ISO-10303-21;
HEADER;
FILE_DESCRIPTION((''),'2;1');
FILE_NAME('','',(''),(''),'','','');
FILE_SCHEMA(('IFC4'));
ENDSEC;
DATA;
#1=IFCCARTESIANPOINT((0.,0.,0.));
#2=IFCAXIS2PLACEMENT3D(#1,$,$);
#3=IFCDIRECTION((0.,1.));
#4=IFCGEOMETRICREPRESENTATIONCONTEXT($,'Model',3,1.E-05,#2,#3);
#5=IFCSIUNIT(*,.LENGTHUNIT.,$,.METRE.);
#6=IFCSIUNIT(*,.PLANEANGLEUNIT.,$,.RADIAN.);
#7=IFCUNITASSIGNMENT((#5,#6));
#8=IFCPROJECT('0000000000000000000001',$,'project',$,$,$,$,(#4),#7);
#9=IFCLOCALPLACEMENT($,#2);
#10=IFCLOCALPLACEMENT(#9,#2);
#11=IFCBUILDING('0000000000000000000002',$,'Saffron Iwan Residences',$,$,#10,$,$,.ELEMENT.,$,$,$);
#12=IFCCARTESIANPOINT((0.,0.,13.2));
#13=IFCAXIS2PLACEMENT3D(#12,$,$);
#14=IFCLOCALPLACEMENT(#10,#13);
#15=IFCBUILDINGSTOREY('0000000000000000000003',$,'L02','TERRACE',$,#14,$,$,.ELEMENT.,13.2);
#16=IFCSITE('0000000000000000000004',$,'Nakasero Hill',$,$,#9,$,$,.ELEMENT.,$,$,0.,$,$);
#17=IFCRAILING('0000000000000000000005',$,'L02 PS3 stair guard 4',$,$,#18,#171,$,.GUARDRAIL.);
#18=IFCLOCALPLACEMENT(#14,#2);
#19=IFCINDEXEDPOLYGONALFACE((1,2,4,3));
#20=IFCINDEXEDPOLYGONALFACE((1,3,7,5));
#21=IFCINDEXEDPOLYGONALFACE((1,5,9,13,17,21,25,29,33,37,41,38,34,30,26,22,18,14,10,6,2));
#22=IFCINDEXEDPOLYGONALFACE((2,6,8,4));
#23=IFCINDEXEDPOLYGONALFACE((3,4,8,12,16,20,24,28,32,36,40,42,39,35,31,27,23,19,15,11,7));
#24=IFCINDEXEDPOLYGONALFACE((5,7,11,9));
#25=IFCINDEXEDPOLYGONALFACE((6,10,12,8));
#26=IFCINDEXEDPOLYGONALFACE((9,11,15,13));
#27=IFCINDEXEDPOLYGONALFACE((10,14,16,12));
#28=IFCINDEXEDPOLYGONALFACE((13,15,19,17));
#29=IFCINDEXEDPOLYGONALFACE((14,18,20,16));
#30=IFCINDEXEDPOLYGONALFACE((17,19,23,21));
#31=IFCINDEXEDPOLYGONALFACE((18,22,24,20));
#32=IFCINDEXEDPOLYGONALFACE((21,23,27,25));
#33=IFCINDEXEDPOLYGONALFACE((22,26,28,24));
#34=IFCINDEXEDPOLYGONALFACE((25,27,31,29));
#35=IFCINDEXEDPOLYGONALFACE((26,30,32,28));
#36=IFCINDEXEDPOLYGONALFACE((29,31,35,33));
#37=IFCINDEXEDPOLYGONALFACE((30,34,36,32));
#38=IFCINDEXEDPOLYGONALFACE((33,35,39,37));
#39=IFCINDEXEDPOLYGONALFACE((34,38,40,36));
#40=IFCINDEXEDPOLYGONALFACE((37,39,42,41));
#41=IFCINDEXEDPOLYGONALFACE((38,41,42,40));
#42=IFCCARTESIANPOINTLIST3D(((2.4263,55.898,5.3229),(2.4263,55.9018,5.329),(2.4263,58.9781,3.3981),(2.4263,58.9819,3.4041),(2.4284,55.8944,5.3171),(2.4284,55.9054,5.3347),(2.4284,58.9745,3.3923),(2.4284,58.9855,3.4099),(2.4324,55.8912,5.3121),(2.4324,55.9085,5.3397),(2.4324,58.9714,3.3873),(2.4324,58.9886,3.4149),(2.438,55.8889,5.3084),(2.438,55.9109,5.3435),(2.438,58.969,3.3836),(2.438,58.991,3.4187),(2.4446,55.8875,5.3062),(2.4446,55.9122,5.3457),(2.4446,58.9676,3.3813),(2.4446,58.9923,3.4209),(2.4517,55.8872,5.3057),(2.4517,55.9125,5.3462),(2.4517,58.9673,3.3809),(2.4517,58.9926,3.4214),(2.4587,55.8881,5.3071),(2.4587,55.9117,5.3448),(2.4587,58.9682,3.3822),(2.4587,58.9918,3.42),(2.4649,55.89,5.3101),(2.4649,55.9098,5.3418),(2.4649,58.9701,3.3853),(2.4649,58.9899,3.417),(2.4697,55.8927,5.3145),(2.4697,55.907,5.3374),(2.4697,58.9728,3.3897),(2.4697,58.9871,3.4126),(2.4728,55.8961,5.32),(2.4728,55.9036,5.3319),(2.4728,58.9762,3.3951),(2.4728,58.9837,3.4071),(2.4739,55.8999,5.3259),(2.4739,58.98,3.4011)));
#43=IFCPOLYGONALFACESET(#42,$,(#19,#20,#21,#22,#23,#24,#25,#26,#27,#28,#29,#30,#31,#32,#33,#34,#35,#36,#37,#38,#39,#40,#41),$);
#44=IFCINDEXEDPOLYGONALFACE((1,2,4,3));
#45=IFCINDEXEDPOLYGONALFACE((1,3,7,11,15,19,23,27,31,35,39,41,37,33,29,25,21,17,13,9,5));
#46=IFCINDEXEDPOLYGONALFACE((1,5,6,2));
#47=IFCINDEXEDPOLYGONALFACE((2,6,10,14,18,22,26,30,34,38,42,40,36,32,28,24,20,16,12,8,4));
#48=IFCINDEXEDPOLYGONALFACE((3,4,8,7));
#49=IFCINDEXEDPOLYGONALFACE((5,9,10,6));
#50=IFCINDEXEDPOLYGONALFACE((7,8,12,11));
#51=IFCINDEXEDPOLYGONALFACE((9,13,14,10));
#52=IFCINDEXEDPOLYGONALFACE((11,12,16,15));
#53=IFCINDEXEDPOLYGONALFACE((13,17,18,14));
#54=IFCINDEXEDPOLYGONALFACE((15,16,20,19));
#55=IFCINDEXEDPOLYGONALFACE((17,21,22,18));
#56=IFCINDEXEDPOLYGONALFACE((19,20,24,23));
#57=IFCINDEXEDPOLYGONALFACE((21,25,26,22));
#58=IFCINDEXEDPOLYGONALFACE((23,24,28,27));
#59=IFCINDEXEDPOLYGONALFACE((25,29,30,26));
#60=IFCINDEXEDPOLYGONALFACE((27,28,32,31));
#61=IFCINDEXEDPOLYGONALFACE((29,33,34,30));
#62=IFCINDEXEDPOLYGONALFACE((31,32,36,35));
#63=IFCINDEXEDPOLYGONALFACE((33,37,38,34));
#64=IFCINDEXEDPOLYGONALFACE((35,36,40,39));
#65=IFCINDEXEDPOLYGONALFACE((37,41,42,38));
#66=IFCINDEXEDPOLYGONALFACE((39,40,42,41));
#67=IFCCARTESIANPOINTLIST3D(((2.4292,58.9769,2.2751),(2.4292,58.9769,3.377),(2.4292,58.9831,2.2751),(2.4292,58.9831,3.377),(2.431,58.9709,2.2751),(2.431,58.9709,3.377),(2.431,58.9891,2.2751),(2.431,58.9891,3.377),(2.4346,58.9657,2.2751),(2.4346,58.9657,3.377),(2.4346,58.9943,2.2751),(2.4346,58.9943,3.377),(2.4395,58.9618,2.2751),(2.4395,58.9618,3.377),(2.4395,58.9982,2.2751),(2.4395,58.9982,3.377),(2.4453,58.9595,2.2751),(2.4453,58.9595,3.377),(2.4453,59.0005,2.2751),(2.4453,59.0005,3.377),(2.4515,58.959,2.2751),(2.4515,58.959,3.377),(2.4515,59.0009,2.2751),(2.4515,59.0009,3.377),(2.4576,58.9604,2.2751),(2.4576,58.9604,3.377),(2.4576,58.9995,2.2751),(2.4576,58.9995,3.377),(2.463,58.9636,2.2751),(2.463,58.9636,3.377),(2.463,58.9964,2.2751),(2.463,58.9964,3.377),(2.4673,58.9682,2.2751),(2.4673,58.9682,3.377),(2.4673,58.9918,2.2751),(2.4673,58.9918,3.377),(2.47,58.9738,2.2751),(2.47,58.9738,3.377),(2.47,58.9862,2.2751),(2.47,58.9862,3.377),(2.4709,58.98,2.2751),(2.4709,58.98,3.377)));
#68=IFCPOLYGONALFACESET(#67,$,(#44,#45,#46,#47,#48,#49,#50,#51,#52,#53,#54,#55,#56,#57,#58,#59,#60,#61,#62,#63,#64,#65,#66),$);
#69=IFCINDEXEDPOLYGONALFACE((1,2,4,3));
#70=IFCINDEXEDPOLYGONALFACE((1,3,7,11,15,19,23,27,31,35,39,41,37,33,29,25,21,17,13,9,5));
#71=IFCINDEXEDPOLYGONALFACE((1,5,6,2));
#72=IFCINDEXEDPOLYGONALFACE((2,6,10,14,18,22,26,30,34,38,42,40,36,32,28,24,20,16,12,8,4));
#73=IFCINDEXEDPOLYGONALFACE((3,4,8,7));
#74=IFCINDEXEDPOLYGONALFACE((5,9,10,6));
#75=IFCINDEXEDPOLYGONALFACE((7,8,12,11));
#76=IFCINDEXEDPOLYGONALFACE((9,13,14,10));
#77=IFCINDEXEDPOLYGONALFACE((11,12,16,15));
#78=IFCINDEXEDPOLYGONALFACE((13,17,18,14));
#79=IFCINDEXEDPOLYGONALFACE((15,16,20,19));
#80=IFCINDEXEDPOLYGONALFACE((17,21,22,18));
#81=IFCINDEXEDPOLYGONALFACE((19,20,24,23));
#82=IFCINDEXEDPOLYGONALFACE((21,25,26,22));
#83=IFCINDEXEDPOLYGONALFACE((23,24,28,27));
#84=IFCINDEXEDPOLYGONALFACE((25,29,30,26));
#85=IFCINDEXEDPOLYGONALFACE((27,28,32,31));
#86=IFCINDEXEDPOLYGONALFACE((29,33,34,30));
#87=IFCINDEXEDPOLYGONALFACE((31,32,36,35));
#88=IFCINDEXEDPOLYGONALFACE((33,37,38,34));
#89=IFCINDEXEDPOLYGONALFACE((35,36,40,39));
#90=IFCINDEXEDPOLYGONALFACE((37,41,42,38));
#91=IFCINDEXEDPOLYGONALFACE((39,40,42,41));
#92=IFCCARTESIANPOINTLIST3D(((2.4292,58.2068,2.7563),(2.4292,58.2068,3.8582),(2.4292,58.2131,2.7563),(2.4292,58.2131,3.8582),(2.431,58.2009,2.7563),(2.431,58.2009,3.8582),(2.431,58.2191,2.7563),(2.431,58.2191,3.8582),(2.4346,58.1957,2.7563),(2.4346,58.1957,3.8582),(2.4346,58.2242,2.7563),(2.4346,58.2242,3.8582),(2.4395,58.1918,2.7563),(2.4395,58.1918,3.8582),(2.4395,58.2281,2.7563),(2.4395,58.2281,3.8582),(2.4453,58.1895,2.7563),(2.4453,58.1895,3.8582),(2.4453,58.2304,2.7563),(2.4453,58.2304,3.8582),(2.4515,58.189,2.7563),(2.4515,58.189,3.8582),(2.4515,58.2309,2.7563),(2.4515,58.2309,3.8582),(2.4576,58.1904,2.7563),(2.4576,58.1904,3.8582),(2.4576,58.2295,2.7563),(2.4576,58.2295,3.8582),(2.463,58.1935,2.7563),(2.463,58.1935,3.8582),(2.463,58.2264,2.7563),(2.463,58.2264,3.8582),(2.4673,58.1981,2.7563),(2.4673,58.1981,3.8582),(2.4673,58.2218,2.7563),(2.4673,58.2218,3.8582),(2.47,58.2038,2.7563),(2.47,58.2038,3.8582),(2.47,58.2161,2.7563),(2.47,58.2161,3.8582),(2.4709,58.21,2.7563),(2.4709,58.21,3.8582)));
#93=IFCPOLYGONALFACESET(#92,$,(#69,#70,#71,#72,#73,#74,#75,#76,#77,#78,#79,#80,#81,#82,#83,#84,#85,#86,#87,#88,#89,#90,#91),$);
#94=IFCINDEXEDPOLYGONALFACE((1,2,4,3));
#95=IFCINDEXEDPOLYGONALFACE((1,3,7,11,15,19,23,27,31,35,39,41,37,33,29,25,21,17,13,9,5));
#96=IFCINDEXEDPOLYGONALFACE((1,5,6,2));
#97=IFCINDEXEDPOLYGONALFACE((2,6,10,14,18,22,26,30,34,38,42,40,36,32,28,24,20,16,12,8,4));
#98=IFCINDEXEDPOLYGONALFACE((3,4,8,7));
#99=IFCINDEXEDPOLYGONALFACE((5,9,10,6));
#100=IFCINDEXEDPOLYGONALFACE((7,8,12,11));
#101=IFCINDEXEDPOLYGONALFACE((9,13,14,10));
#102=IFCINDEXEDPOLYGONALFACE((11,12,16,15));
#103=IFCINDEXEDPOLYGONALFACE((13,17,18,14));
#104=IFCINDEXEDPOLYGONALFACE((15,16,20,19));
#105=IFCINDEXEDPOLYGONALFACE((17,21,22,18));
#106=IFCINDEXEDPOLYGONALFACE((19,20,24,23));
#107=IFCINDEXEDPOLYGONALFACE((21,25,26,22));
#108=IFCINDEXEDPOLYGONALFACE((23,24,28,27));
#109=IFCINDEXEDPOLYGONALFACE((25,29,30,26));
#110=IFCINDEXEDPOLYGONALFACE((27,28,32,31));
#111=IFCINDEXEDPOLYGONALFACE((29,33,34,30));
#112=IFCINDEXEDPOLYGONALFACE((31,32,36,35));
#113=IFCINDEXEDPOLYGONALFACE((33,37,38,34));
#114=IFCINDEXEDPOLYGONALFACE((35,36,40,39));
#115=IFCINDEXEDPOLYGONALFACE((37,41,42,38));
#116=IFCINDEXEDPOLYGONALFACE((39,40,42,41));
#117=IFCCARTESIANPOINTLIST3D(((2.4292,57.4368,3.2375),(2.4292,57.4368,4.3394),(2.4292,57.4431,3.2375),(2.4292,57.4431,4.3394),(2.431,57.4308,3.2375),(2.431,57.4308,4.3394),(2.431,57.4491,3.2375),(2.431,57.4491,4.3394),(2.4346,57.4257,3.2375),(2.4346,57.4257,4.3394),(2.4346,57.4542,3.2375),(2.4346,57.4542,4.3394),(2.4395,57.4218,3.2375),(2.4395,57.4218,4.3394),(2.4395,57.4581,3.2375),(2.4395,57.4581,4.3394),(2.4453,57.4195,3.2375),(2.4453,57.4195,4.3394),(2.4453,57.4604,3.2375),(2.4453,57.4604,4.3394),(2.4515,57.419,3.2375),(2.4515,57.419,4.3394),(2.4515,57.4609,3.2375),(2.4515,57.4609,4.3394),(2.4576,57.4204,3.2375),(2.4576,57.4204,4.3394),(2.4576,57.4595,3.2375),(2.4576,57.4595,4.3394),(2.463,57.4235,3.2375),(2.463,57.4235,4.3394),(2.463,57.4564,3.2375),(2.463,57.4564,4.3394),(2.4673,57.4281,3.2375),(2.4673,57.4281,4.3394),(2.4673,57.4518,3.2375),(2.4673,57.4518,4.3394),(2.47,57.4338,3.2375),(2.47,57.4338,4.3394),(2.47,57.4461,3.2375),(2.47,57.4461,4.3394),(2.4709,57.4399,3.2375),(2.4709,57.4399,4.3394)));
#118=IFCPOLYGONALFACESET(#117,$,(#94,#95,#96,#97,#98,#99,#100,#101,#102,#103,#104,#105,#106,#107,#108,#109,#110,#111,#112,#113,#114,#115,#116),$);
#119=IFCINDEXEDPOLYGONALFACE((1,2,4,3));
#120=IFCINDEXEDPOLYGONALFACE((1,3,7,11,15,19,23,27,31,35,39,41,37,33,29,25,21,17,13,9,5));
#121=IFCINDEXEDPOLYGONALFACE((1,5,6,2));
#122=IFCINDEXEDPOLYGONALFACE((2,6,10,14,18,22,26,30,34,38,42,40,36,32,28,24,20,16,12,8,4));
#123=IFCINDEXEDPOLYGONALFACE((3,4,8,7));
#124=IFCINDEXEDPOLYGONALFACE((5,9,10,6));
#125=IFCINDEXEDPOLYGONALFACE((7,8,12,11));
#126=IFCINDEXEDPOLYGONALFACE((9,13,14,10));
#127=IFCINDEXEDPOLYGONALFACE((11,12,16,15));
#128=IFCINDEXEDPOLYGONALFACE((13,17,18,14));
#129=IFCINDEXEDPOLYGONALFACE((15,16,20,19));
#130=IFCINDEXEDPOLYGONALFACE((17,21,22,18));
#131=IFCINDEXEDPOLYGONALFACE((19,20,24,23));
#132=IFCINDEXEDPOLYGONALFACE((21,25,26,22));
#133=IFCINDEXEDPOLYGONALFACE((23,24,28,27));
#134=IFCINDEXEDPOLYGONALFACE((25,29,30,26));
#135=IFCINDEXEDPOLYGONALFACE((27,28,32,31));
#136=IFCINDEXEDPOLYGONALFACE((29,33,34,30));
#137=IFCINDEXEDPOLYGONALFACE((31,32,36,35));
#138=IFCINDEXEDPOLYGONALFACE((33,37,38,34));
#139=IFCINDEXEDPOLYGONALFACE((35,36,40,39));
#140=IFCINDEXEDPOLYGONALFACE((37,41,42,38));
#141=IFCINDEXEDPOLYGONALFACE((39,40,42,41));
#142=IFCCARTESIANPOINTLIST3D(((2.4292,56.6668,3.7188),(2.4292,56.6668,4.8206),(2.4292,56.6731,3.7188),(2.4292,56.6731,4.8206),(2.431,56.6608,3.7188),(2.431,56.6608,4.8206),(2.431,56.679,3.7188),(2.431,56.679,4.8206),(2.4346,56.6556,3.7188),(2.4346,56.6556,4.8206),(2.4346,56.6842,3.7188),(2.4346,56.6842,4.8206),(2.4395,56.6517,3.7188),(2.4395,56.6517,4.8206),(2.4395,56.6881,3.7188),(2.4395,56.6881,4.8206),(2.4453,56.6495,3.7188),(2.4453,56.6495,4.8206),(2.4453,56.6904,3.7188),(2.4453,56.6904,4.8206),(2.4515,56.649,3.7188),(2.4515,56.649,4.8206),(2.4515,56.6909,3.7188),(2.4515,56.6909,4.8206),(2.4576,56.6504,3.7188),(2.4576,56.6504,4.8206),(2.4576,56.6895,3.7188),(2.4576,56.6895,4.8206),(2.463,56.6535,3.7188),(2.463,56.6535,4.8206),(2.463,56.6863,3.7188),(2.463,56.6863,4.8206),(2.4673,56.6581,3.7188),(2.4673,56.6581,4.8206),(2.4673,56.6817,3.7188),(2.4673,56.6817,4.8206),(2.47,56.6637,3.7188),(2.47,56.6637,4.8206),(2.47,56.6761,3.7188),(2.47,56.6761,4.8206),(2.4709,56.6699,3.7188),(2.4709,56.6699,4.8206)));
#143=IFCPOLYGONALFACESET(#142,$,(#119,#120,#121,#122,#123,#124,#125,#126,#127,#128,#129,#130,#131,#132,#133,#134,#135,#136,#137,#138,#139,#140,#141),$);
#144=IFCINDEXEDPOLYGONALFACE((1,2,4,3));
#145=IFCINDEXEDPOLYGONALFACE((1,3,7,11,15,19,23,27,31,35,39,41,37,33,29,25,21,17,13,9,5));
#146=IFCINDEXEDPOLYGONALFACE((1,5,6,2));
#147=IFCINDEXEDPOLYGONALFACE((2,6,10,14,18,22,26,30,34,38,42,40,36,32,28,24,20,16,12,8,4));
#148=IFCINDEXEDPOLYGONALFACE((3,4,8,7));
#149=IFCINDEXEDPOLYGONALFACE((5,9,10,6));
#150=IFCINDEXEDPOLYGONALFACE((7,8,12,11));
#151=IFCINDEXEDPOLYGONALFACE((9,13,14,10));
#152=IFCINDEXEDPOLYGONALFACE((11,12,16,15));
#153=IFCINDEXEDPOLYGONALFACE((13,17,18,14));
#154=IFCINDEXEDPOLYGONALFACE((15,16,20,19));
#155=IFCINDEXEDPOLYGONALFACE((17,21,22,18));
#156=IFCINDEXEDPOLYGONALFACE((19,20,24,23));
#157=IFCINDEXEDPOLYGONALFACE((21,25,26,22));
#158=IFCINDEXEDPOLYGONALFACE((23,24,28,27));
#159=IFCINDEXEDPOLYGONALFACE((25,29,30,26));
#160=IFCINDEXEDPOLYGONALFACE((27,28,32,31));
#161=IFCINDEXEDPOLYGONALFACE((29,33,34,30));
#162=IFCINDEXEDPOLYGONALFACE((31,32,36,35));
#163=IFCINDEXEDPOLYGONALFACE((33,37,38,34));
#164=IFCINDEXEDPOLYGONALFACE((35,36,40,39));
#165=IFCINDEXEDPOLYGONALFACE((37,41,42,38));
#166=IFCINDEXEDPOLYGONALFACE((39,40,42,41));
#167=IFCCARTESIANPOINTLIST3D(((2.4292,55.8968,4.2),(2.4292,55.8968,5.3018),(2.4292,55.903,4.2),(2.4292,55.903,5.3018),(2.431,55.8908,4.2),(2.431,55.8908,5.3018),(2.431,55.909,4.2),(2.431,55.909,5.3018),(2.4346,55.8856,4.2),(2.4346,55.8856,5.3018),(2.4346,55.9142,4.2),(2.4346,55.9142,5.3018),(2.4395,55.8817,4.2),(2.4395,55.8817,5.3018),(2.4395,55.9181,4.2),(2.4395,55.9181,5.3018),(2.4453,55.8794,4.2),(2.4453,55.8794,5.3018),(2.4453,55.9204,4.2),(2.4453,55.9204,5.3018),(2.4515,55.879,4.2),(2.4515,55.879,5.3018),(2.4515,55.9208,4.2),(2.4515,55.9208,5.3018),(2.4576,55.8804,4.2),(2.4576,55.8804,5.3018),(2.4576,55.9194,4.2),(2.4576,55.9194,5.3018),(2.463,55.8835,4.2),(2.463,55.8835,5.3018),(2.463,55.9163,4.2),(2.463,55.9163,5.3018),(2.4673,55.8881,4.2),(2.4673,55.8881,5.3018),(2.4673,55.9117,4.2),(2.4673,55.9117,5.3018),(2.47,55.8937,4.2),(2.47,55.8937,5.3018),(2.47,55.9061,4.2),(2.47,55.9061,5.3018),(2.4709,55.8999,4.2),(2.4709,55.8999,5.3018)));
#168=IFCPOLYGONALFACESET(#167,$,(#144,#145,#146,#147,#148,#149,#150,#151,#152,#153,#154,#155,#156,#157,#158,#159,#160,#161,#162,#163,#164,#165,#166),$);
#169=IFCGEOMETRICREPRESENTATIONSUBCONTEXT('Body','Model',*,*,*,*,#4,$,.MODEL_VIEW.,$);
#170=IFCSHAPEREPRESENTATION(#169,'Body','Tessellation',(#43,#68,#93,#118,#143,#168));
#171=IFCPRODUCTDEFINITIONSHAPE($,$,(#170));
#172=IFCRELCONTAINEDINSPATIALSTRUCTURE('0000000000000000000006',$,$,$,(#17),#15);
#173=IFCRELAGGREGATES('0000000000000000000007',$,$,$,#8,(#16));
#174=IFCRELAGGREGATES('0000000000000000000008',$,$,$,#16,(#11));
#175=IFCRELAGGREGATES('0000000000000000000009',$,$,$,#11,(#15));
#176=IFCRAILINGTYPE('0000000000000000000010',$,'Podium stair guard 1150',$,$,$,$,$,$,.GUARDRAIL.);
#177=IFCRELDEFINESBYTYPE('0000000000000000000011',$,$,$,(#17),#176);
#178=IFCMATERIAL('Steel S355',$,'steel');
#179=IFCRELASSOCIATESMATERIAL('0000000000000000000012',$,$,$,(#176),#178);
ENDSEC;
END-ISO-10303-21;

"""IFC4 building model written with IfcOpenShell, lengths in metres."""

from ifc_helpers import new_model, si_unit, direction, frame, origin, origin_2d, place, context, subcontext, project, spatial, circle, extrude, material, type_object, element, save


model = new_model("IFC4")

# Units and contexts
model_context = context("Model", 3, precision=1e-05, world=origin(), true_north=direction((0.0, 1.0)))
body_context = subcontext(model_context, "Body", "Model", "MODEL_VIEW")
ifc_project = project(units=[si_unit("LENGTHUNIT", "METRE"), si_unit("PLANEANGLEUNIT", "RADIAN")], contexts=[model_context])

# Site, building, storey
site_placement = place(None, origin())
site = spatial("IfcSite", under=ifc_project, at=site_placement, Name="Nakasero Hill", CompositionType="ELEMENT", RefElevation=0.0)
building_placement = place(site_placement, origin())
building = spatial("IfcBuilding", under=site, at=building_placement, Name="Saffron Iwan Residences", CompositionType="ELEMENT")
storey_placement = place(building_placement, frame((0.0, 0.0, 13.2)))
storey = spatial("IfcBuildingStorey", under=building, at=storey_placement, Name="L02", Description="TERRACE", CompositionType="ELEMENT", Elevation=13.2)

# Railing
ifc_material_1 = material(Name="Steel S355", Category="steel")
railing_type_1 = type_object("IfcRailingType", Name="Podium stair guard 1150", PredefinedType="GUARDRAIL", material=ifc_material_1)
railing_1_placement = place(storey_placement, frame((2.45, 58.98, 2.2751)))
element("IfcRailing", 1, at=railing_1_placement, inside=storey, type_object=railing_type_1, Name="L02 PS3 stair guard 4", PredefinedType="GUARDRAIL", context=body_context, shape_type="SweptSolid", body=[
    extrude(circle(Radius=0.0239, at=origin_2d()), frame((0.0, 0.0, 1.126), z_axis=(0.0, -0.848029, 0.529951), x_axis=(1.0, 0.0, 0.0)), (0.0, 0.0, 1.0), 3.6321),
    extrude(circle(Radius=0.021, at=origin_2d()), origin(), (0.0, 0.0, 1.0), 1.1018),
    extrude(circle(Radius=0.021, at=origin_2d()), frame((0.0, -0.77, 0.4812)), (0.0, 0.0, 1.0), 1.1018),
    extrude(circle(Radius=0.021, at=origin_2d()), frame((0.0, -1.54, 0.9624)), (0.0, 0.0, 1.0), 1.1018),
    extrude(circle(Radius=0.021, at=origin_2d()), frame((0.0, -2.3101, 1.4436)), (0.0, 0.0, 1.0), 1.1018),
    extrude(circle(Radius=0.021, at=origin_2d()), frame((0.0, -3.0801, 1.9248)), (0.0, 0.0, 1.0), 1.1018),
])

save(model, "model.ifc")
